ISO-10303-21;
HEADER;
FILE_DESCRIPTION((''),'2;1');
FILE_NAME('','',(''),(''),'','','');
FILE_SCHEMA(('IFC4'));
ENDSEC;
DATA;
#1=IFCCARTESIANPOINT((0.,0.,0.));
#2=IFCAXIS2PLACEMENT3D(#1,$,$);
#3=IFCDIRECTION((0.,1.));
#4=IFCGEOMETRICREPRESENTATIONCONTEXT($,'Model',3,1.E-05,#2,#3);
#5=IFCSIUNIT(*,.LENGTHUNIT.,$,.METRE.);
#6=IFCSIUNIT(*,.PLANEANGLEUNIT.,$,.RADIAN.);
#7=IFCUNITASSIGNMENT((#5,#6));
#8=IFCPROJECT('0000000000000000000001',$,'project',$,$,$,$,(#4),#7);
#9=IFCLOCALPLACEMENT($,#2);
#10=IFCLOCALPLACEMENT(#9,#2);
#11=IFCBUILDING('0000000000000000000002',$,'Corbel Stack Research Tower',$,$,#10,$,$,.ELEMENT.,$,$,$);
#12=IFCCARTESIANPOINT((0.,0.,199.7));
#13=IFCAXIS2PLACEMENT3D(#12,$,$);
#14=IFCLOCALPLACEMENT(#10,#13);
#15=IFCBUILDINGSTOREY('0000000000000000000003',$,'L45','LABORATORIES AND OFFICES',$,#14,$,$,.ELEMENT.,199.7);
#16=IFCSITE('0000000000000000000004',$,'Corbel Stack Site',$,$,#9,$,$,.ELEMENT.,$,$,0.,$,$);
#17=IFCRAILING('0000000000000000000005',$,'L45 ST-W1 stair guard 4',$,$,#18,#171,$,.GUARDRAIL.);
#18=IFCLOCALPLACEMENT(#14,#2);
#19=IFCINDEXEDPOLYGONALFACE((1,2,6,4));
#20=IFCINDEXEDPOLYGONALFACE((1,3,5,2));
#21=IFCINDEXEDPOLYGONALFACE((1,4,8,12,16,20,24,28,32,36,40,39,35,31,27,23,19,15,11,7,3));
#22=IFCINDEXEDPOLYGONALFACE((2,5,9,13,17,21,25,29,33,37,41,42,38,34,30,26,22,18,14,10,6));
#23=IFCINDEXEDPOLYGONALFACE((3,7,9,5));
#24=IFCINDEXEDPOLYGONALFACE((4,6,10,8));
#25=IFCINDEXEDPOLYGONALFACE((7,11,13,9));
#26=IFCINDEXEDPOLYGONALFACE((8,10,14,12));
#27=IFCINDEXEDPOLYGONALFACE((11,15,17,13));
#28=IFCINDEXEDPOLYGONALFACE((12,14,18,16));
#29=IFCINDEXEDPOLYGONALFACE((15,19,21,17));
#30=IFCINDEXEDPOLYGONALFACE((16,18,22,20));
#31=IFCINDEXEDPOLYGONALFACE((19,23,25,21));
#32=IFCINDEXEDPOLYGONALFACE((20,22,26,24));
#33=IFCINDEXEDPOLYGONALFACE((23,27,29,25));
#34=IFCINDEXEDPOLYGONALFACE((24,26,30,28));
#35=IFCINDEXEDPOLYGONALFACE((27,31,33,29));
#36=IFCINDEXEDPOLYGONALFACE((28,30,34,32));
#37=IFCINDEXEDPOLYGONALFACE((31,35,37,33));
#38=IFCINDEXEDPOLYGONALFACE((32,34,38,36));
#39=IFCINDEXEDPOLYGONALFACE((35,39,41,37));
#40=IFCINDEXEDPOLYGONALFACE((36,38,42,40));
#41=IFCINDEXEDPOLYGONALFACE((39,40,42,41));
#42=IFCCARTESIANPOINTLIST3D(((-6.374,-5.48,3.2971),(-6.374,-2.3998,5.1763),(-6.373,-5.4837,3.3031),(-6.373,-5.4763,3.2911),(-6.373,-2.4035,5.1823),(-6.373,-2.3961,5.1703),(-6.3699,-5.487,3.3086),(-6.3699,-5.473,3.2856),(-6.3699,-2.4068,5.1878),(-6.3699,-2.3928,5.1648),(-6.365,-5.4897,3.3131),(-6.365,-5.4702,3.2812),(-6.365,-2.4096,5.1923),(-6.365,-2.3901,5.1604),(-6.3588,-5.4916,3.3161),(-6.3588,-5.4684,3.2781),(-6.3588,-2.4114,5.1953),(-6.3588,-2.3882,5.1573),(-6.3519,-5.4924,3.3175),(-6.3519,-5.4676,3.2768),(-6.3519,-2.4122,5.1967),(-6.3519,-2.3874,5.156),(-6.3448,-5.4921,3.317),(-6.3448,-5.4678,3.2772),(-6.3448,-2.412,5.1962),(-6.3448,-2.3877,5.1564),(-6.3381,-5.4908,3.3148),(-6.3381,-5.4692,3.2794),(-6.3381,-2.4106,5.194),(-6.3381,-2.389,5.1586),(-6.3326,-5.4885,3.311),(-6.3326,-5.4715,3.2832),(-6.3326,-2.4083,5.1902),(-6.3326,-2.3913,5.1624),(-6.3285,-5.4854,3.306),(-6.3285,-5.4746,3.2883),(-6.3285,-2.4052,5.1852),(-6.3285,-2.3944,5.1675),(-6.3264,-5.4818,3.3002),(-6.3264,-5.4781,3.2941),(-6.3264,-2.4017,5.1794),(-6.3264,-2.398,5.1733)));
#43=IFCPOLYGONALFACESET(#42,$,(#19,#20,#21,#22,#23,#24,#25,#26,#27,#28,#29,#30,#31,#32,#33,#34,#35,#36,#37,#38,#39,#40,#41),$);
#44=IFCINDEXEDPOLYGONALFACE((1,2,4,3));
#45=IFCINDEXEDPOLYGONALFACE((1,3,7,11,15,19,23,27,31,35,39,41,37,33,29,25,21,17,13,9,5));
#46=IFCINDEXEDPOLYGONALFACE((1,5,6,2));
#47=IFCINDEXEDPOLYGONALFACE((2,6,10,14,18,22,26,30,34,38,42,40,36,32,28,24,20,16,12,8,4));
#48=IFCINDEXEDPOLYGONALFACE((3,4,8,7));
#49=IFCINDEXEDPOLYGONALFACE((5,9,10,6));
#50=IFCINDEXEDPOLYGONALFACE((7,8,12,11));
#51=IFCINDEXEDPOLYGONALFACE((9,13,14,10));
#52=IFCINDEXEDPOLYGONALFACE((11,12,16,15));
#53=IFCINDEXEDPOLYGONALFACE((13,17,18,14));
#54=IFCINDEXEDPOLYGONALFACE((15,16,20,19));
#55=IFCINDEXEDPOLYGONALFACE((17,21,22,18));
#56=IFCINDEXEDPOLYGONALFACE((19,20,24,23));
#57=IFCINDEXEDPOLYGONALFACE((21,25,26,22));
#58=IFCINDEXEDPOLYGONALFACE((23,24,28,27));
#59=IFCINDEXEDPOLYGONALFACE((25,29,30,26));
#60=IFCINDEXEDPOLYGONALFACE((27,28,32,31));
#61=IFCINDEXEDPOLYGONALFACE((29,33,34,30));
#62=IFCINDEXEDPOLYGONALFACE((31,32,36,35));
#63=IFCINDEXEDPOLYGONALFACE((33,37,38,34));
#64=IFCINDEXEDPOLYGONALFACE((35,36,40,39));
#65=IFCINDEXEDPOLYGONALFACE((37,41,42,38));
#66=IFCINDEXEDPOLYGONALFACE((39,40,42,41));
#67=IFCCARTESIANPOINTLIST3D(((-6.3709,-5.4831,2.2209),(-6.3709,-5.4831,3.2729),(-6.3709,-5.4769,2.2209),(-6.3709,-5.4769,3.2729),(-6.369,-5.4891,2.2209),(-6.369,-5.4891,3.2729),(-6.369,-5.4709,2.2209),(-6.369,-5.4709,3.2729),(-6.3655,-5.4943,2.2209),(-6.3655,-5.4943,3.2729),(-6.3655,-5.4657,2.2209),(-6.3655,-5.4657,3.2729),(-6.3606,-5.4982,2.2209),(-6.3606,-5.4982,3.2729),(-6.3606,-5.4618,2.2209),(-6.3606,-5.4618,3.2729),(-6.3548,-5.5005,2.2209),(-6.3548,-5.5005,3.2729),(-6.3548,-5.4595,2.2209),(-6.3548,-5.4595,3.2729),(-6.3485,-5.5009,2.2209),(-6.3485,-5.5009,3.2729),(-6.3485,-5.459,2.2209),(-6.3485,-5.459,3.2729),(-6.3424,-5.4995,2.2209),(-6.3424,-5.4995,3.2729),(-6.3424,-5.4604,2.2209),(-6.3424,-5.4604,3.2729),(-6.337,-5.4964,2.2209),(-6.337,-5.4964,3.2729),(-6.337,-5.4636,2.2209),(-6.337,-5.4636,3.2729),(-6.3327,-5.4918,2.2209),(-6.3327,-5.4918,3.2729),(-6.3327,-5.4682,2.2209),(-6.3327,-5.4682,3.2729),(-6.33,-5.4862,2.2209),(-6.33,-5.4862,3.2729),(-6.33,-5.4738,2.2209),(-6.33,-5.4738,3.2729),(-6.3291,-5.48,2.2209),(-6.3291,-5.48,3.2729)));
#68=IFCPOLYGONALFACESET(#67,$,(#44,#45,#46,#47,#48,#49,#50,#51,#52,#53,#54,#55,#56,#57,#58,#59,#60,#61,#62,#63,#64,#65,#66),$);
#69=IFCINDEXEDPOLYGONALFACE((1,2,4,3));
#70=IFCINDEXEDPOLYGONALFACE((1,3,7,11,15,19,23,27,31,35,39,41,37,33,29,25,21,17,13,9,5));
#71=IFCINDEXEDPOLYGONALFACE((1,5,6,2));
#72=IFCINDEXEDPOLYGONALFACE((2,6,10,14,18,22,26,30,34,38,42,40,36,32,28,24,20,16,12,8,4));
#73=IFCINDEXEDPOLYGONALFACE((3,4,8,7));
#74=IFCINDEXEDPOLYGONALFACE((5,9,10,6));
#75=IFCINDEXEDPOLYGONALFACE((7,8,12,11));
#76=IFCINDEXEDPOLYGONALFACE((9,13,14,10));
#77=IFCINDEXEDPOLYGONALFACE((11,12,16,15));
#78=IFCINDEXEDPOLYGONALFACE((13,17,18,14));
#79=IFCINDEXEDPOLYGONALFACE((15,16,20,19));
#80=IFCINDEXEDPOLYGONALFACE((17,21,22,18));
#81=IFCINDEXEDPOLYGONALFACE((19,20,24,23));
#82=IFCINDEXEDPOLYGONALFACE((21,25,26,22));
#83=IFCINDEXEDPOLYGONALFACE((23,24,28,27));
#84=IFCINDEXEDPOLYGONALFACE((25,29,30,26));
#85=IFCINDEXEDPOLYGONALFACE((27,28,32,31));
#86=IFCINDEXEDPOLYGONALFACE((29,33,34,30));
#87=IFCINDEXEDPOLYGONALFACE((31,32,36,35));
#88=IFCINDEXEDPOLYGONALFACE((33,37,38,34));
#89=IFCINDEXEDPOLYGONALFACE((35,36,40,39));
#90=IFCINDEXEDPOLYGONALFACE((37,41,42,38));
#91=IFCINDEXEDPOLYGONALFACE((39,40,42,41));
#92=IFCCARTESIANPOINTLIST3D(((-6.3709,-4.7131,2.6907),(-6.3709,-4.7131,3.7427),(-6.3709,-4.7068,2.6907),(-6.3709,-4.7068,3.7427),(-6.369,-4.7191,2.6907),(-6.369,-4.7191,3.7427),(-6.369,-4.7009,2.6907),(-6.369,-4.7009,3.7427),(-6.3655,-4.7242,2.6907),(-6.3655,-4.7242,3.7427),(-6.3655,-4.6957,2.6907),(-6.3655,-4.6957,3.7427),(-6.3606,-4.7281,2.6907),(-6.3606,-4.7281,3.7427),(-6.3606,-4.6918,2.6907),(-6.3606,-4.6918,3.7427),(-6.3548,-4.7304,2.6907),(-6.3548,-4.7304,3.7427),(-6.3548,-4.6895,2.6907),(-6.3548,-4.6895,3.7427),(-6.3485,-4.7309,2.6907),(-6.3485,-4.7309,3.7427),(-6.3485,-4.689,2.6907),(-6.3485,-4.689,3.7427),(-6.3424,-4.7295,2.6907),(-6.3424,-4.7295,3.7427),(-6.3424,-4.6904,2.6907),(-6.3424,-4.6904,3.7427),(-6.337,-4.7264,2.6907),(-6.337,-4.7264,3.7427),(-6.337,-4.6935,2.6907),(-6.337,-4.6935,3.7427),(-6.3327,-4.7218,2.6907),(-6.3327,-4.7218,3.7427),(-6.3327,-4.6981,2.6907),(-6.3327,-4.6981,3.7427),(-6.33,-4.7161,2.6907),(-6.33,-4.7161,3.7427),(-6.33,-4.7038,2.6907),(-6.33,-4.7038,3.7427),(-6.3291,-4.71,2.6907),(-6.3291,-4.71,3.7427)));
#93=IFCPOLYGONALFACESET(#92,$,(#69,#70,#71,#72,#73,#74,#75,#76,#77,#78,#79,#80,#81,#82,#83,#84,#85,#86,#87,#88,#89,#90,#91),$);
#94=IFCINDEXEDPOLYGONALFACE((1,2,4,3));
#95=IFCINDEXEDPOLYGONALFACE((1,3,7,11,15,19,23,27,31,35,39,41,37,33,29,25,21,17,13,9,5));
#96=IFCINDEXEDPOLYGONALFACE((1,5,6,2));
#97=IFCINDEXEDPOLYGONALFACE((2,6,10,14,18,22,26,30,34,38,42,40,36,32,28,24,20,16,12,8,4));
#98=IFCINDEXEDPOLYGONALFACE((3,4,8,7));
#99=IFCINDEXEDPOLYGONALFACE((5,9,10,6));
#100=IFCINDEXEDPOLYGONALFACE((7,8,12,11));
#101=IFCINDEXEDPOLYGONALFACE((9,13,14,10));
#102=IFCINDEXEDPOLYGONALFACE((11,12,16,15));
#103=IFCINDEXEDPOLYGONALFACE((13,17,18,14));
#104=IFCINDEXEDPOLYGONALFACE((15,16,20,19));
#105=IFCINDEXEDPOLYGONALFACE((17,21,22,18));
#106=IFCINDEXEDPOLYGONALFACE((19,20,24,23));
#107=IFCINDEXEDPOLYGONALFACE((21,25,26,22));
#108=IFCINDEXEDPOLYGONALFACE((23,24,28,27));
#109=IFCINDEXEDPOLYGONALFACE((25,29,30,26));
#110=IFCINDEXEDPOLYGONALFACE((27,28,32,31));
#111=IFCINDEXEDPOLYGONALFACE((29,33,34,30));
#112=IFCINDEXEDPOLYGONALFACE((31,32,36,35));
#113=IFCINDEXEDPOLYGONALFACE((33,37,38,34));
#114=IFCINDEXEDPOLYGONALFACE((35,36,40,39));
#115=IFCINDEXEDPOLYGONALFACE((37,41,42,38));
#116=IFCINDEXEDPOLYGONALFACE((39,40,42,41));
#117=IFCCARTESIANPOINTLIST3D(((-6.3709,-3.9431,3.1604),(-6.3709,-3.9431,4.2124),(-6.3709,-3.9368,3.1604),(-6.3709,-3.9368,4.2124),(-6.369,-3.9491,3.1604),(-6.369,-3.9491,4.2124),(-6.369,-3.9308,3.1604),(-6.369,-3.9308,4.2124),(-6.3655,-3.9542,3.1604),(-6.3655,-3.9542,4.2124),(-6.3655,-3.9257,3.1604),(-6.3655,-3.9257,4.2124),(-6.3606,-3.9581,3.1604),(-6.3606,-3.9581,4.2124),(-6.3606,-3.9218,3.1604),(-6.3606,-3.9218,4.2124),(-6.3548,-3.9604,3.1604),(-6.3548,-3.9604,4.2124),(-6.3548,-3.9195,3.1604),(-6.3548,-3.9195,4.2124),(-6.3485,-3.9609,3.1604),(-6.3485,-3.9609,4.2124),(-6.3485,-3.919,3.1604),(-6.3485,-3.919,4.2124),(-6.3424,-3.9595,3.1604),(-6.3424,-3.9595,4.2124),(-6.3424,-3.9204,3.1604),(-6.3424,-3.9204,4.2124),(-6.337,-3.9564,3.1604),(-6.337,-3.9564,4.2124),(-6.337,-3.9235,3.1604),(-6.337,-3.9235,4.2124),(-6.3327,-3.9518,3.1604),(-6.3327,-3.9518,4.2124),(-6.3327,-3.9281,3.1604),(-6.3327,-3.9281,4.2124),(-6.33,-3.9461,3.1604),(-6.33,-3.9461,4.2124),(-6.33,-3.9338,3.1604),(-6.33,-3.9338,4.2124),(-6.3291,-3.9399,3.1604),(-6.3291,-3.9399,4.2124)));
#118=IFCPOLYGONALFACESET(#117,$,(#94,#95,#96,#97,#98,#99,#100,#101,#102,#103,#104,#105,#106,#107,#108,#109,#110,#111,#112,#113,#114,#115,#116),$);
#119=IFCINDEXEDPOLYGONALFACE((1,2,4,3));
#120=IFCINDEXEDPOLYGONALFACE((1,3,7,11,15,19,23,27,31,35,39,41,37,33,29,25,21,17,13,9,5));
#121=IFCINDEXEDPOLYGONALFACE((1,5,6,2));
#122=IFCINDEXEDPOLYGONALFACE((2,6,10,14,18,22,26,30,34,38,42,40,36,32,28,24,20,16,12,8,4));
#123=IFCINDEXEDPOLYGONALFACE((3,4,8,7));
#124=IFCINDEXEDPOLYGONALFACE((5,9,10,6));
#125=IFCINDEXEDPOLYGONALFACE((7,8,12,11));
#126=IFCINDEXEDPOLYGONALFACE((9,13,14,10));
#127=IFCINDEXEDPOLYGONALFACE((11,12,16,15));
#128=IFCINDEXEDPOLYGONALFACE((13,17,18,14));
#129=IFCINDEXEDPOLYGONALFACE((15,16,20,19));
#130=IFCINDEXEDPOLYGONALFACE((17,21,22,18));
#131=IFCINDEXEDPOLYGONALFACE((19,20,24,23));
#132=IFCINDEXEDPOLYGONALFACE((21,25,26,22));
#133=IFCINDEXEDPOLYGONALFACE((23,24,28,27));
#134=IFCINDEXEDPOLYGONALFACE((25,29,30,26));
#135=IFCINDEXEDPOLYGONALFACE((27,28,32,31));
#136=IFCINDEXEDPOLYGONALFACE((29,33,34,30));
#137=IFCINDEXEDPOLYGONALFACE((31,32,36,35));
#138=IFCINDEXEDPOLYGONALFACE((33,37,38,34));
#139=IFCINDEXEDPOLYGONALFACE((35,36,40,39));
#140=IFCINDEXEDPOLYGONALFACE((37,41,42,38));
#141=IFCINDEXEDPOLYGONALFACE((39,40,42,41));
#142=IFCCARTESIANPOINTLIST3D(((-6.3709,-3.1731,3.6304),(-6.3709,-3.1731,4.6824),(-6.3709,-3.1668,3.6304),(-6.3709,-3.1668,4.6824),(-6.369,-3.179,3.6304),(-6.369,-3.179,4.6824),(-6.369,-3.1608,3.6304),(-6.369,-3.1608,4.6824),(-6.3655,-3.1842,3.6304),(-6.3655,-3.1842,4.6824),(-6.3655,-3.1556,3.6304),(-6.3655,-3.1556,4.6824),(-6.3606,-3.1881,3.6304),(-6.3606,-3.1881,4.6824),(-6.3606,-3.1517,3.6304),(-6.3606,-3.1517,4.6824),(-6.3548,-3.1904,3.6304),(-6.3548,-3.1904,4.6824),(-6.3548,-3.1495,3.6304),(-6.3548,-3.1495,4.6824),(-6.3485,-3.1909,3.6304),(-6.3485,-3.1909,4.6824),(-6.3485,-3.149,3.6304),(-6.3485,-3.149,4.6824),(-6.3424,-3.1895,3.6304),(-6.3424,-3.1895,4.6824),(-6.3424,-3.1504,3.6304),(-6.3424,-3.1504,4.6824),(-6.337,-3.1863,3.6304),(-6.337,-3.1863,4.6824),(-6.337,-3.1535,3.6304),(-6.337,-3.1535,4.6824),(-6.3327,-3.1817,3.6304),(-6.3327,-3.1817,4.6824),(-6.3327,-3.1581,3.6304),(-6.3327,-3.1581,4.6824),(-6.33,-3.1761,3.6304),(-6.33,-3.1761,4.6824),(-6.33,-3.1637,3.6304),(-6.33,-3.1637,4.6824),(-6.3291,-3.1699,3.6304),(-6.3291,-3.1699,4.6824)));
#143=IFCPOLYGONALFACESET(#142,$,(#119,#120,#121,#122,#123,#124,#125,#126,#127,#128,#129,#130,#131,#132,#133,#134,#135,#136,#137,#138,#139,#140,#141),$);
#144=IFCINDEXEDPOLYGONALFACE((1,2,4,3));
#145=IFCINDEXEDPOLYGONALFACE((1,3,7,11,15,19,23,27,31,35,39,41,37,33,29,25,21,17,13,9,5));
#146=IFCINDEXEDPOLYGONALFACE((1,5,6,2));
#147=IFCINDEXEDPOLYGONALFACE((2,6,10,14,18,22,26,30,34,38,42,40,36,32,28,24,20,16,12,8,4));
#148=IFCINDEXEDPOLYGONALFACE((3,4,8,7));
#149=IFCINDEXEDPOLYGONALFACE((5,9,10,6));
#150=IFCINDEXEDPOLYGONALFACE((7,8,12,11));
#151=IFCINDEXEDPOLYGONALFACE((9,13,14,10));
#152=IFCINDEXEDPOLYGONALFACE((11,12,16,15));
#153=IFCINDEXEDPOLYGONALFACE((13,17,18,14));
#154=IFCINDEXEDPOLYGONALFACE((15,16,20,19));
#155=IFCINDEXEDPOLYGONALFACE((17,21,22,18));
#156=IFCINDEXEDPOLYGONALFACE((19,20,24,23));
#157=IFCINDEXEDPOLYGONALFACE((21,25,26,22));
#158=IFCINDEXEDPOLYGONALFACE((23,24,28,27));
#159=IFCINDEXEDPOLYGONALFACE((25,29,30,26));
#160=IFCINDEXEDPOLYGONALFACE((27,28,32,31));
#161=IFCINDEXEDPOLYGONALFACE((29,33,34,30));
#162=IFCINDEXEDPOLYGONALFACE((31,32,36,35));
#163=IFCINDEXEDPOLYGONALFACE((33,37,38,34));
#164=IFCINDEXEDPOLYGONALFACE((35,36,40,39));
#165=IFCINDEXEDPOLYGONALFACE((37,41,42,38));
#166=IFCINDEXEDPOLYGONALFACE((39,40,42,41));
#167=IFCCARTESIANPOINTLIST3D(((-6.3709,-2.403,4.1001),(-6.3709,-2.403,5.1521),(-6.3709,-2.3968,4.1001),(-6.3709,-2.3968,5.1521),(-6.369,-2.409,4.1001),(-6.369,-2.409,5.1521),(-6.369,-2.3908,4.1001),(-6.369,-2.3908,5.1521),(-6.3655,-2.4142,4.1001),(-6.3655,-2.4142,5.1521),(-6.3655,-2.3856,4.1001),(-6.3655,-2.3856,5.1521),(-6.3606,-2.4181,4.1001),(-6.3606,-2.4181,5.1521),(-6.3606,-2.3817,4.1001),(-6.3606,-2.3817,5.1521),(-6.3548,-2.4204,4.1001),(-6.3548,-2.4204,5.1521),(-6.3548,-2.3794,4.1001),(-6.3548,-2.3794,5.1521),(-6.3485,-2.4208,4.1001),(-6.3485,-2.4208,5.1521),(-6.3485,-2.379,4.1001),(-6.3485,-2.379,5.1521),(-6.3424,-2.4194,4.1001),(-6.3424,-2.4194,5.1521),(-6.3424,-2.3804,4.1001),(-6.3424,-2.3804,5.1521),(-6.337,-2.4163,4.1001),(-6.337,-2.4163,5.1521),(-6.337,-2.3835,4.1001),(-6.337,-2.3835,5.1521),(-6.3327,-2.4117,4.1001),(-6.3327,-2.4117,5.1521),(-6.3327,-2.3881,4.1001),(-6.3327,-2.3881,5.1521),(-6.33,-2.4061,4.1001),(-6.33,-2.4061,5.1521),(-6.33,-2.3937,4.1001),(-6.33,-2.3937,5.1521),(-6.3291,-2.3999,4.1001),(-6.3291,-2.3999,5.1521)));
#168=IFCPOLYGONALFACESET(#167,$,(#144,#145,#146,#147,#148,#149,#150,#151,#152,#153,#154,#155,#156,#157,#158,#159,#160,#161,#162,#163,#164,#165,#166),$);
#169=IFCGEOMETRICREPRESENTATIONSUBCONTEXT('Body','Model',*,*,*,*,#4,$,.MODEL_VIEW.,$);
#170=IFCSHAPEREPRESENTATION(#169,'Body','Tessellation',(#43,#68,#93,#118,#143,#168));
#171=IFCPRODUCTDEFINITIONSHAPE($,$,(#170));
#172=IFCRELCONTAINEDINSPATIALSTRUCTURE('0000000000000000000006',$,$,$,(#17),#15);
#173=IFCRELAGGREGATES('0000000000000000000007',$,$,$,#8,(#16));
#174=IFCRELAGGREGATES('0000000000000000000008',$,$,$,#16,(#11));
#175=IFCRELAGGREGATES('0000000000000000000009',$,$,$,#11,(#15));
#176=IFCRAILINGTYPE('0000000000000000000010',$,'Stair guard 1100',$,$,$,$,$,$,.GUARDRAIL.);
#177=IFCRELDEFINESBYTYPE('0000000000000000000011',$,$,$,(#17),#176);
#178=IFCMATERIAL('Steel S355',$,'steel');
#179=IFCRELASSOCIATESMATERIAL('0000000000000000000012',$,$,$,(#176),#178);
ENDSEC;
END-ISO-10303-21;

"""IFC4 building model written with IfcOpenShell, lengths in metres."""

from ifc_helpers import new_model, si_unit, direction, frame, origin, origin_2d, place, context, subcontext, project, spatial, circle, extrude, material, type_object, element, save


model = new_model("IFC4")

# Units and contexts
model_context = context("Model", 3, precision=1e-05, world=origin(), true_north=direction((0.0, 1.0)))
body_context = subcontext(model_context, "Body", "Model", "MODEL_VIEW")
ifc_project = project(units=[si_unit("LENGTHUNIT", "METRE"), si_unit("PLANEANGLEUNIT", "RADIAN")], contexts=[model_context])

# Site, building, storey
site_placement = place(None, origin())
site = spatial("IfcSite", under=ifc_project, at=site_placement, Name="Corbel Stack Site", CompositionType="ELEMENT", RefElevation=0.0)
building_placement = place(site_placement, origin())
building = spatial("IfcBuilding", under=site, at=building_placement, Name="Corbel Stack Research Tower", CompositionType="ELEMENT")
storey_placement = place(building_placement, frame((0.0, 0.0, 199.7)))
storey = spatial("IfcBuildingStorey", under=building, at=storey_placement, Name="L45", Description="LABORATORIES AND OFFICES", CompositionType="ELEMENT", Elevation=199.7)

# Railing
ifc_material_1 = material(Name="Steel S355", Category="steel")
railing_type_1 = type_object("IfcRailingType", Name="Stair guard 1100", PredefinedType="GUARDRAIL", material=ifc_material_1)
railing_1_placement = place(storey_placement, frame((-6.3501, -5.48, 2.2209)))
element("IfcRailing", 1, at=railing_1_placement, inside=storey, type_object=railing_type_1, Name="L45 ST-W1 stair guard 4", PredefinedType="GUARDRAIL", context=body_context, shape_type="SweptSolid", body=[
    extrude(circle(Radius=0.0239, at=origin_2d()), frame((0.0, 0.0, 1.0762), z_axis=(0.0, 0.853666, 0.52082), x_axis=(-1.0, 0.0, 0.0)), (0.0, 0.0, 1.0), 3.6082),
    extrude(circle(Radius=0.021, at=origin_2d()), origin(), (0.0, 0.0, 1.0), 1.052),
    extrude(circle(Radius=0.021, at=origin_2d()), frame((0.0, 0.77, 0.4697)), (0.0, 0.0, 1.0), 1.052),
    extrude(circle(Radius=0.021, at=origin_2d()), frame((0.0, 1.54, 0.9395)), (0.0, 0.0, 1.0), 1.052),
    extrude(circle(Radius=0.021, at=origin_2d()), frame((0.0, 2.3101, 1.4094)), (0.0, 0.0, 1.0), 1.052),
    extrude(circle(Radius=0.021, at=origin_2d()), frame((0.0, 3.0801, 1.8792)), (0.0, 0.0, 1.0), 1.052),
])

save(model, "model.ifc")
